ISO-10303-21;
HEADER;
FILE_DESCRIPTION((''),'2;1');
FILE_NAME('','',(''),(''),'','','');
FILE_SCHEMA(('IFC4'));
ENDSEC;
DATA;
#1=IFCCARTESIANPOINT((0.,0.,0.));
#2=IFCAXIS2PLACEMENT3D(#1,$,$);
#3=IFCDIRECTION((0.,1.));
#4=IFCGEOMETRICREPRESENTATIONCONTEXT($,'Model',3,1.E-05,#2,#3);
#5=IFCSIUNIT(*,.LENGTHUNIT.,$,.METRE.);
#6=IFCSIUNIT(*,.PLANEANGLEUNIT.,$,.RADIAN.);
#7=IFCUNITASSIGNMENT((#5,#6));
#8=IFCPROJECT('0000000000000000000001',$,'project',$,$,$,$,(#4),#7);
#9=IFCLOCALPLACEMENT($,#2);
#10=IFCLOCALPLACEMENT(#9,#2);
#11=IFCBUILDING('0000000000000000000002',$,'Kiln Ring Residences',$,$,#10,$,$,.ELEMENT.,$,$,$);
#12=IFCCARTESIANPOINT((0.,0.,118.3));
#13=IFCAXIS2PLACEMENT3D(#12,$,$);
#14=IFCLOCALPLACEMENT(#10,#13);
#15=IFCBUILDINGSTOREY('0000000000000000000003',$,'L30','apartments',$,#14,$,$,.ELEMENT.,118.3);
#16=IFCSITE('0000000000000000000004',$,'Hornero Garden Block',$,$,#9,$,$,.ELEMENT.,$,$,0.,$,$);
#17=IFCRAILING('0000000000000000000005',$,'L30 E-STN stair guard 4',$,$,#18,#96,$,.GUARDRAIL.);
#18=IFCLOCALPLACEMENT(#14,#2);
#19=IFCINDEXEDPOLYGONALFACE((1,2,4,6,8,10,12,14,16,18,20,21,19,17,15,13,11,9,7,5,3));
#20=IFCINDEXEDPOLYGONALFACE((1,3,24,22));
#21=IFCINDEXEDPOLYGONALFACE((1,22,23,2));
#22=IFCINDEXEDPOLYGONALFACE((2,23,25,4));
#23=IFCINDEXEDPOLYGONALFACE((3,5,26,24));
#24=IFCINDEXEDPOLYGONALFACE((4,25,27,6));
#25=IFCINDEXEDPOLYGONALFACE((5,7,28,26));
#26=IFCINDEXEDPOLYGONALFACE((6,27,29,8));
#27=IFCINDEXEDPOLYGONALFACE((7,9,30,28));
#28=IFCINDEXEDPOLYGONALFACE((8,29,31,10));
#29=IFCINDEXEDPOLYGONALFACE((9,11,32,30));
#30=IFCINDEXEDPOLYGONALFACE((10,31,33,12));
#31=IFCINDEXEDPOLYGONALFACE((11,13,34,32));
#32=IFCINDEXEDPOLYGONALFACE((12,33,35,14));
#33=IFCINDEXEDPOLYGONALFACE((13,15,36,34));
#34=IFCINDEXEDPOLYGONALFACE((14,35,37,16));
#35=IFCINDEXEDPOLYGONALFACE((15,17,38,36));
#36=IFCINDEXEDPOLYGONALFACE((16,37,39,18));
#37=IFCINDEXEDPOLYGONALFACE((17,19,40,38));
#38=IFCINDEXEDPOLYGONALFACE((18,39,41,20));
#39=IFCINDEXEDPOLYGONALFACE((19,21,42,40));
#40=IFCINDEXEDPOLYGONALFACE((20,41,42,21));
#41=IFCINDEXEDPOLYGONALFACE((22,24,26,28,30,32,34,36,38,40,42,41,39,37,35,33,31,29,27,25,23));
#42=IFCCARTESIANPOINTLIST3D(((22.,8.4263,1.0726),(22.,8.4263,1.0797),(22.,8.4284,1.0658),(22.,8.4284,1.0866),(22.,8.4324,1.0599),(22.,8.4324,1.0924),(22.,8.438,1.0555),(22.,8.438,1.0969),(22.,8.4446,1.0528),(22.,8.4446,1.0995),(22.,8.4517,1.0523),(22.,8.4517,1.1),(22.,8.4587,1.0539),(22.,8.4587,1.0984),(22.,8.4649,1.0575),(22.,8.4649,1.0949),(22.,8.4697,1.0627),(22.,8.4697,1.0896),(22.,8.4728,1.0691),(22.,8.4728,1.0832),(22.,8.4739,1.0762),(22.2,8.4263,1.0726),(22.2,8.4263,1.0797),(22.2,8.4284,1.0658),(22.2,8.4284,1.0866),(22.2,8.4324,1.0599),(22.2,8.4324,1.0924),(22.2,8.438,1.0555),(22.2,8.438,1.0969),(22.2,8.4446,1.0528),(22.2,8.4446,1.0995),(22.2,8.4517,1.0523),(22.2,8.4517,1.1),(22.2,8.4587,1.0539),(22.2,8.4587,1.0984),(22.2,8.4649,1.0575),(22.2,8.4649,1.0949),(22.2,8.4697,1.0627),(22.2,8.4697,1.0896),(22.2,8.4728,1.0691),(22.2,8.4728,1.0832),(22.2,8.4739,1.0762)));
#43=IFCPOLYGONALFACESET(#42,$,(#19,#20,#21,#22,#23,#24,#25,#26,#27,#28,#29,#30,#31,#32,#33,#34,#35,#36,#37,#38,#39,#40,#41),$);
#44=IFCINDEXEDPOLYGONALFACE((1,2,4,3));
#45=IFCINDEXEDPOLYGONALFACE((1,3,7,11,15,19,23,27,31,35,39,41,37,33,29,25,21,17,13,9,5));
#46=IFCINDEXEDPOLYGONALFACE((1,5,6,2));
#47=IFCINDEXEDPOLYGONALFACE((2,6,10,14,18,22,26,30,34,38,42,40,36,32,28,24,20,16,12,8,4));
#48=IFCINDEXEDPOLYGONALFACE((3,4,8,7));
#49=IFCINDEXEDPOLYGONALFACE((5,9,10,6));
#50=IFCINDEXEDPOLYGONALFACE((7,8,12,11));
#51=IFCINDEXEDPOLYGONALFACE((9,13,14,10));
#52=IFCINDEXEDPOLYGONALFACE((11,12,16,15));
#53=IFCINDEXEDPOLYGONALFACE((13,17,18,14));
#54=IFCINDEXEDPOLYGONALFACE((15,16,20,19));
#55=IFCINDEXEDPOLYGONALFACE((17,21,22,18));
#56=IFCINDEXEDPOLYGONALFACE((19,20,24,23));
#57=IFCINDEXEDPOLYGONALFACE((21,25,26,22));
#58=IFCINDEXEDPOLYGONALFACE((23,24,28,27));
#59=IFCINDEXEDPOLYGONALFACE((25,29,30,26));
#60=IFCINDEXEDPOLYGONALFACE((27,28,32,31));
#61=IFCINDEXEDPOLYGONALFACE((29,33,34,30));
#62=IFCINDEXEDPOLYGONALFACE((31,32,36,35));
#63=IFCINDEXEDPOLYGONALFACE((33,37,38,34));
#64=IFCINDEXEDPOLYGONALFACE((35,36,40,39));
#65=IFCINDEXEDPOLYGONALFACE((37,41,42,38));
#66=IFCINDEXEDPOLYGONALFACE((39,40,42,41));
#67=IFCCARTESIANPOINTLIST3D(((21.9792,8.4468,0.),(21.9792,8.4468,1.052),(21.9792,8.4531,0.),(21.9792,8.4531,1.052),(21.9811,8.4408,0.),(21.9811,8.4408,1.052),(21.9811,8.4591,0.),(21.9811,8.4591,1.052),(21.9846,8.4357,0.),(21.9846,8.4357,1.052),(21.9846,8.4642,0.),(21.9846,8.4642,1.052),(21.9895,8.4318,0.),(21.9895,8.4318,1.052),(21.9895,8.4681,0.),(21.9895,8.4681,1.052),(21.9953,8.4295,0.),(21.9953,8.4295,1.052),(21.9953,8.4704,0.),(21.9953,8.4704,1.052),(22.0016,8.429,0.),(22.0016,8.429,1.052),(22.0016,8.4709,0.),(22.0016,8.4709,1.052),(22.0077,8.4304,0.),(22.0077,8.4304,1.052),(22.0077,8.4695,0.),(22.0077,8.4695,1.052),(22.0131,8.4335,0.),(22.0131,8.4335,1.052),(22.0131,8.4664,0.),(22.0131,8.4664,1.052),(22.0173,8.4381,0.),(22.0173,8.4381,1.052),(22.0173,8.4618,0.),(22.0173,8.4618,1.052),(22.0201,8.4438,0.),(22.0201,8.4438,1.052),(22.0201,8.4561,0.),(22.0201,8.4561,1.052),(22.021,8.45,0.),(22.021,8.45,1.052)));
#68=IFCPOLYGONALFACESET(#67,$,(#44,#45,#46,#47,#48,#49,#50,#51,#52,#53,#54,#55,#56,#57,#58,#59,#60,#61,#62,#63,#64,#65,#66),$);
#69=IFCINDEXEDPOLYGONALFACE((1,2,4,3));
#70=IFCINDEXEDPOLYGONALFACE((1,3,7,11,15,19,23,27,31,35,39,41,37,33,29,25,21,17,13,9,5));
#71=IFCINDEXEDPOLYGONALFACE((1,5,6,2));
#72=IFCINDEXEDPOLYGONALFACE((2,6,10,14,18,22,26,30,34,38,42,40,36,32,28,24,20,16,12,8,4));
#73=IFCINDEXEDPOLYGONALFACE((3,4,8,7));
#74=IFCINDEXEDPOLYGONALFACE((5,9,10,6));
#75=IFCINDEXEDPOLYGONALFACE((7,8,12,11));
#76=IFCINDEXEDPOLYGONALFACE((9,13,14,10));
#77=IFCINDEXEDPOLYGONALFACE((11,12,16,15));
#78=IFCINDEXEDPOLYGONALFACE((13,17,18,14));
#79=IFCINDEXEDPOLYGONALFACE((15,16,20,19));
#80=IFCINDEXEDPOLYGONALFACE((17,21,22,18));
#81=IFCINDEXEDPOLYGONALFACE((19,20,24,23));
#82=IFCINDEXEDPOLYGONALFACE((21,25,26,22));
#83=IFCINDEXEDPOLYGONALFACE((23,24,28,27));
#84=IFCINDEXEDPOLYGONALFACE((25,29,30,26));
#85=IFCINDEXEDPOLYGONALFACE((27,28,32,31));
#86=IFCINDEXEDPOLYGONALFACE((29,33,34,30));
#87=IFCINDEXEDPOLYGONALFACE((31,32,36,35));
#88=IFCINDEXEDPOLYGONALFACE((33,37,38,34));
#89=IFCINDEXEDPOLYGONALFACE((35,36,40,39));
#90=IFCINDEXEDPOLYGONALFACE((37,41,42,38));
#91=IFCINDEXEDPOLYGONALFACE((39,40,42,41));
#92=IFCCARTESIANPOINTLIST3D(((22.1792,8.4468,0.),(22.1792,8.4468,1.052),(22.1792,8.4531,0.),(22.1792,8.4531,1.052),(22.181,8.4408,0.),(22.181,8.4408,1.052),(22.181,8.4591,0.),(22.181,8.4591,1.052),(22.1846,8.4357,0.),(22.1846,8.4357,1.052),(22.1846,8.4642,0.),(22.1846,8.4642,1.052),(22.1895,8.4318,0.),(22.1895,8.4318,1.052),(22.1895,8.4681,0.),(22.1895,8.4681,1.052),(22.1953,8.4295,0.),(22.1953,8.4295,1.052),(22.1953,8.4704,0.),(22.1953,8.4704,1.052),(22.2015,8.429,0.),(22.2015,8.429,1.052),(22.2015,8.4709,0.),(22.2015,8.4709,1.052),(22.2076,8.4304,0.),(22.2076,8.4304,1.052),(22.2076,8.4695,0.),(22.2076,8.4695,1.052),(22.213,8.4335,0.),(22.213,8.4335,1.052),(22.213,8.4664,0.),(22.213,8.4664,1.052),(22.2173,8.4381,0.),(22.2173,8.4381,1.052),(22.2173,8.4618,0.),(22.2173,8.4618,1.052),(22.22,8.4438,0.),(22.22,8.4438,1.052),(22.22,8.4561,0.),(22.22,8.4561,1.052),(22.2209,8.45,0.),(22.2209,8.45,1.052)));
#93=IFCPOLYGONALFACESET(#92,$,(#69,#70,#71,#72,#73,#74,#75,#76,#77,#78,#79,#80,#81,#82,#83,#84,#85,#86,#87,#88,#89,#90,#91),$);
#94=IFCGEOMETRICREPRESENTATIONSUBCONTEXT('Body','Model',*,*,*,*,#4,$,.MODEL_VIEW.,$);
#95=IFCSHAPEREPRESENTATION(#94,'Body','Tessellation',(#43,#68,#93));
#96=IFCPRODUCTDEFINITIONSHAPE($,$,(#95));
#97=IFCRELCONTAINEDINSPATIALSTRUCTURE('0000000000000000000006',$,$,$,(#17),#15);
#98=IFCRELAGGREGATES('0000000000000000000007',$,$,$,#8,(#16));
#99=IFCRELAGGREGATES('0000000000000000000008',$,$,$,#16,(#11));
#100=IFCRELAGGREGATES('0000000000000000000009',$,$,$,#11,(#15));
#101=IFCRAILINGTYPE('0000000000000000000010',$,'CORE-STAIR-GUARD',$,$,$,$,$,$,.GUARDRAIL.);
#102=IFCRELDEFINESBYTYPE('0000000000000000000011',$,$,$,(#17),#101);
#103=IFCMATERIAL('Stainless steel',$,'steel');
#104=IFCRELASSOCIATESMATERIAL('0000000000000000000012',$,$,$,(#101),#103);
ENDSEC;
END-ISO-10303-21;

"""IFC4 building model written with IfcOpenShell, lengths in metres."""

from ifc_helpers import new_model, si_unit, direction, frame, origin, origin_2d, place, context, subcontext, project, spatial, circle, extrude, material, type_object, element, save


model = new_model("IFC4")

# Units and contexts
model_context = context("Model", 3, precision=1e-05, world=origin(), true_north=direction((0.0, 1.0)))
body_context = subcontext(model_context, "Body", "Model", "MODEL_VIEW")
ifc_project = project(units=[si_unit("LENGTHUNIT", "METRE"), si_unit("PLANEANGLEUNIT", "RADIAN")], contexts=[model_context])

# Site, building, storey
site_placement = place(None, origin())
site = spatial("IfcSite", under=ifc_project, at=site_placement, Name="Hornero Garden Block", CompositionType="ELEMENT", RefElevation=0.0)
building_placement = place(site_placement, origin())
building = spatial("IfcBuilding", under=site, at=building_placement, Name="Kiln Ring Residences", CompositionType="ELEMENT")
storey_placement = place(building_placement, frame((0.0, 0.0, 118.3)))
storey = spatial("IfcBuildingStorey", under=building, at=storey_placement, Name="L30", Description="apartments", CompositionType="ELEMENT", Elevation=118.3)

# Railing
ifc_material_1 = material(Name="Stainless steel", Category="steel")
railing_type = type_object("IfcRailingType", Name="CORE-STAIR-GUARD", PredefinedType="GUARDRAIL", material=ifc_material_1)
railing_1_placement = place(storey_placement, frame((22.0, 8.45, 0.0)))
element("IfcRailing", 1, at=railing_1_placement, inside=storey, type_object=railing_type, Name="L30 E-STN stair guard 4", PredefinedType="GUARDRAIL", context=body_context, shape_type="SweptSolid", body=[
    extrude(circle(Radius=0.0239, at=origin_2d()), frame((0.0, 0.0, 1.0762), z_axis=(1.0, 0.0, 0.0), x_axis=(0.0, 1.0, 0.0)), (0.0, 0.0, 1.0), 0.2),
    extrude(circle(Radius=0.021, at=origin_2d()), origin(), (0.0, 0.0, 1.0), 1.052),
    extrude(circle(Radius=0.021, at=origin_2d()), frame((0.2, 0.0, 0.0)), (0.0, 0.0, 1.0), 1.052),
])

save(model, "model.ifc")
